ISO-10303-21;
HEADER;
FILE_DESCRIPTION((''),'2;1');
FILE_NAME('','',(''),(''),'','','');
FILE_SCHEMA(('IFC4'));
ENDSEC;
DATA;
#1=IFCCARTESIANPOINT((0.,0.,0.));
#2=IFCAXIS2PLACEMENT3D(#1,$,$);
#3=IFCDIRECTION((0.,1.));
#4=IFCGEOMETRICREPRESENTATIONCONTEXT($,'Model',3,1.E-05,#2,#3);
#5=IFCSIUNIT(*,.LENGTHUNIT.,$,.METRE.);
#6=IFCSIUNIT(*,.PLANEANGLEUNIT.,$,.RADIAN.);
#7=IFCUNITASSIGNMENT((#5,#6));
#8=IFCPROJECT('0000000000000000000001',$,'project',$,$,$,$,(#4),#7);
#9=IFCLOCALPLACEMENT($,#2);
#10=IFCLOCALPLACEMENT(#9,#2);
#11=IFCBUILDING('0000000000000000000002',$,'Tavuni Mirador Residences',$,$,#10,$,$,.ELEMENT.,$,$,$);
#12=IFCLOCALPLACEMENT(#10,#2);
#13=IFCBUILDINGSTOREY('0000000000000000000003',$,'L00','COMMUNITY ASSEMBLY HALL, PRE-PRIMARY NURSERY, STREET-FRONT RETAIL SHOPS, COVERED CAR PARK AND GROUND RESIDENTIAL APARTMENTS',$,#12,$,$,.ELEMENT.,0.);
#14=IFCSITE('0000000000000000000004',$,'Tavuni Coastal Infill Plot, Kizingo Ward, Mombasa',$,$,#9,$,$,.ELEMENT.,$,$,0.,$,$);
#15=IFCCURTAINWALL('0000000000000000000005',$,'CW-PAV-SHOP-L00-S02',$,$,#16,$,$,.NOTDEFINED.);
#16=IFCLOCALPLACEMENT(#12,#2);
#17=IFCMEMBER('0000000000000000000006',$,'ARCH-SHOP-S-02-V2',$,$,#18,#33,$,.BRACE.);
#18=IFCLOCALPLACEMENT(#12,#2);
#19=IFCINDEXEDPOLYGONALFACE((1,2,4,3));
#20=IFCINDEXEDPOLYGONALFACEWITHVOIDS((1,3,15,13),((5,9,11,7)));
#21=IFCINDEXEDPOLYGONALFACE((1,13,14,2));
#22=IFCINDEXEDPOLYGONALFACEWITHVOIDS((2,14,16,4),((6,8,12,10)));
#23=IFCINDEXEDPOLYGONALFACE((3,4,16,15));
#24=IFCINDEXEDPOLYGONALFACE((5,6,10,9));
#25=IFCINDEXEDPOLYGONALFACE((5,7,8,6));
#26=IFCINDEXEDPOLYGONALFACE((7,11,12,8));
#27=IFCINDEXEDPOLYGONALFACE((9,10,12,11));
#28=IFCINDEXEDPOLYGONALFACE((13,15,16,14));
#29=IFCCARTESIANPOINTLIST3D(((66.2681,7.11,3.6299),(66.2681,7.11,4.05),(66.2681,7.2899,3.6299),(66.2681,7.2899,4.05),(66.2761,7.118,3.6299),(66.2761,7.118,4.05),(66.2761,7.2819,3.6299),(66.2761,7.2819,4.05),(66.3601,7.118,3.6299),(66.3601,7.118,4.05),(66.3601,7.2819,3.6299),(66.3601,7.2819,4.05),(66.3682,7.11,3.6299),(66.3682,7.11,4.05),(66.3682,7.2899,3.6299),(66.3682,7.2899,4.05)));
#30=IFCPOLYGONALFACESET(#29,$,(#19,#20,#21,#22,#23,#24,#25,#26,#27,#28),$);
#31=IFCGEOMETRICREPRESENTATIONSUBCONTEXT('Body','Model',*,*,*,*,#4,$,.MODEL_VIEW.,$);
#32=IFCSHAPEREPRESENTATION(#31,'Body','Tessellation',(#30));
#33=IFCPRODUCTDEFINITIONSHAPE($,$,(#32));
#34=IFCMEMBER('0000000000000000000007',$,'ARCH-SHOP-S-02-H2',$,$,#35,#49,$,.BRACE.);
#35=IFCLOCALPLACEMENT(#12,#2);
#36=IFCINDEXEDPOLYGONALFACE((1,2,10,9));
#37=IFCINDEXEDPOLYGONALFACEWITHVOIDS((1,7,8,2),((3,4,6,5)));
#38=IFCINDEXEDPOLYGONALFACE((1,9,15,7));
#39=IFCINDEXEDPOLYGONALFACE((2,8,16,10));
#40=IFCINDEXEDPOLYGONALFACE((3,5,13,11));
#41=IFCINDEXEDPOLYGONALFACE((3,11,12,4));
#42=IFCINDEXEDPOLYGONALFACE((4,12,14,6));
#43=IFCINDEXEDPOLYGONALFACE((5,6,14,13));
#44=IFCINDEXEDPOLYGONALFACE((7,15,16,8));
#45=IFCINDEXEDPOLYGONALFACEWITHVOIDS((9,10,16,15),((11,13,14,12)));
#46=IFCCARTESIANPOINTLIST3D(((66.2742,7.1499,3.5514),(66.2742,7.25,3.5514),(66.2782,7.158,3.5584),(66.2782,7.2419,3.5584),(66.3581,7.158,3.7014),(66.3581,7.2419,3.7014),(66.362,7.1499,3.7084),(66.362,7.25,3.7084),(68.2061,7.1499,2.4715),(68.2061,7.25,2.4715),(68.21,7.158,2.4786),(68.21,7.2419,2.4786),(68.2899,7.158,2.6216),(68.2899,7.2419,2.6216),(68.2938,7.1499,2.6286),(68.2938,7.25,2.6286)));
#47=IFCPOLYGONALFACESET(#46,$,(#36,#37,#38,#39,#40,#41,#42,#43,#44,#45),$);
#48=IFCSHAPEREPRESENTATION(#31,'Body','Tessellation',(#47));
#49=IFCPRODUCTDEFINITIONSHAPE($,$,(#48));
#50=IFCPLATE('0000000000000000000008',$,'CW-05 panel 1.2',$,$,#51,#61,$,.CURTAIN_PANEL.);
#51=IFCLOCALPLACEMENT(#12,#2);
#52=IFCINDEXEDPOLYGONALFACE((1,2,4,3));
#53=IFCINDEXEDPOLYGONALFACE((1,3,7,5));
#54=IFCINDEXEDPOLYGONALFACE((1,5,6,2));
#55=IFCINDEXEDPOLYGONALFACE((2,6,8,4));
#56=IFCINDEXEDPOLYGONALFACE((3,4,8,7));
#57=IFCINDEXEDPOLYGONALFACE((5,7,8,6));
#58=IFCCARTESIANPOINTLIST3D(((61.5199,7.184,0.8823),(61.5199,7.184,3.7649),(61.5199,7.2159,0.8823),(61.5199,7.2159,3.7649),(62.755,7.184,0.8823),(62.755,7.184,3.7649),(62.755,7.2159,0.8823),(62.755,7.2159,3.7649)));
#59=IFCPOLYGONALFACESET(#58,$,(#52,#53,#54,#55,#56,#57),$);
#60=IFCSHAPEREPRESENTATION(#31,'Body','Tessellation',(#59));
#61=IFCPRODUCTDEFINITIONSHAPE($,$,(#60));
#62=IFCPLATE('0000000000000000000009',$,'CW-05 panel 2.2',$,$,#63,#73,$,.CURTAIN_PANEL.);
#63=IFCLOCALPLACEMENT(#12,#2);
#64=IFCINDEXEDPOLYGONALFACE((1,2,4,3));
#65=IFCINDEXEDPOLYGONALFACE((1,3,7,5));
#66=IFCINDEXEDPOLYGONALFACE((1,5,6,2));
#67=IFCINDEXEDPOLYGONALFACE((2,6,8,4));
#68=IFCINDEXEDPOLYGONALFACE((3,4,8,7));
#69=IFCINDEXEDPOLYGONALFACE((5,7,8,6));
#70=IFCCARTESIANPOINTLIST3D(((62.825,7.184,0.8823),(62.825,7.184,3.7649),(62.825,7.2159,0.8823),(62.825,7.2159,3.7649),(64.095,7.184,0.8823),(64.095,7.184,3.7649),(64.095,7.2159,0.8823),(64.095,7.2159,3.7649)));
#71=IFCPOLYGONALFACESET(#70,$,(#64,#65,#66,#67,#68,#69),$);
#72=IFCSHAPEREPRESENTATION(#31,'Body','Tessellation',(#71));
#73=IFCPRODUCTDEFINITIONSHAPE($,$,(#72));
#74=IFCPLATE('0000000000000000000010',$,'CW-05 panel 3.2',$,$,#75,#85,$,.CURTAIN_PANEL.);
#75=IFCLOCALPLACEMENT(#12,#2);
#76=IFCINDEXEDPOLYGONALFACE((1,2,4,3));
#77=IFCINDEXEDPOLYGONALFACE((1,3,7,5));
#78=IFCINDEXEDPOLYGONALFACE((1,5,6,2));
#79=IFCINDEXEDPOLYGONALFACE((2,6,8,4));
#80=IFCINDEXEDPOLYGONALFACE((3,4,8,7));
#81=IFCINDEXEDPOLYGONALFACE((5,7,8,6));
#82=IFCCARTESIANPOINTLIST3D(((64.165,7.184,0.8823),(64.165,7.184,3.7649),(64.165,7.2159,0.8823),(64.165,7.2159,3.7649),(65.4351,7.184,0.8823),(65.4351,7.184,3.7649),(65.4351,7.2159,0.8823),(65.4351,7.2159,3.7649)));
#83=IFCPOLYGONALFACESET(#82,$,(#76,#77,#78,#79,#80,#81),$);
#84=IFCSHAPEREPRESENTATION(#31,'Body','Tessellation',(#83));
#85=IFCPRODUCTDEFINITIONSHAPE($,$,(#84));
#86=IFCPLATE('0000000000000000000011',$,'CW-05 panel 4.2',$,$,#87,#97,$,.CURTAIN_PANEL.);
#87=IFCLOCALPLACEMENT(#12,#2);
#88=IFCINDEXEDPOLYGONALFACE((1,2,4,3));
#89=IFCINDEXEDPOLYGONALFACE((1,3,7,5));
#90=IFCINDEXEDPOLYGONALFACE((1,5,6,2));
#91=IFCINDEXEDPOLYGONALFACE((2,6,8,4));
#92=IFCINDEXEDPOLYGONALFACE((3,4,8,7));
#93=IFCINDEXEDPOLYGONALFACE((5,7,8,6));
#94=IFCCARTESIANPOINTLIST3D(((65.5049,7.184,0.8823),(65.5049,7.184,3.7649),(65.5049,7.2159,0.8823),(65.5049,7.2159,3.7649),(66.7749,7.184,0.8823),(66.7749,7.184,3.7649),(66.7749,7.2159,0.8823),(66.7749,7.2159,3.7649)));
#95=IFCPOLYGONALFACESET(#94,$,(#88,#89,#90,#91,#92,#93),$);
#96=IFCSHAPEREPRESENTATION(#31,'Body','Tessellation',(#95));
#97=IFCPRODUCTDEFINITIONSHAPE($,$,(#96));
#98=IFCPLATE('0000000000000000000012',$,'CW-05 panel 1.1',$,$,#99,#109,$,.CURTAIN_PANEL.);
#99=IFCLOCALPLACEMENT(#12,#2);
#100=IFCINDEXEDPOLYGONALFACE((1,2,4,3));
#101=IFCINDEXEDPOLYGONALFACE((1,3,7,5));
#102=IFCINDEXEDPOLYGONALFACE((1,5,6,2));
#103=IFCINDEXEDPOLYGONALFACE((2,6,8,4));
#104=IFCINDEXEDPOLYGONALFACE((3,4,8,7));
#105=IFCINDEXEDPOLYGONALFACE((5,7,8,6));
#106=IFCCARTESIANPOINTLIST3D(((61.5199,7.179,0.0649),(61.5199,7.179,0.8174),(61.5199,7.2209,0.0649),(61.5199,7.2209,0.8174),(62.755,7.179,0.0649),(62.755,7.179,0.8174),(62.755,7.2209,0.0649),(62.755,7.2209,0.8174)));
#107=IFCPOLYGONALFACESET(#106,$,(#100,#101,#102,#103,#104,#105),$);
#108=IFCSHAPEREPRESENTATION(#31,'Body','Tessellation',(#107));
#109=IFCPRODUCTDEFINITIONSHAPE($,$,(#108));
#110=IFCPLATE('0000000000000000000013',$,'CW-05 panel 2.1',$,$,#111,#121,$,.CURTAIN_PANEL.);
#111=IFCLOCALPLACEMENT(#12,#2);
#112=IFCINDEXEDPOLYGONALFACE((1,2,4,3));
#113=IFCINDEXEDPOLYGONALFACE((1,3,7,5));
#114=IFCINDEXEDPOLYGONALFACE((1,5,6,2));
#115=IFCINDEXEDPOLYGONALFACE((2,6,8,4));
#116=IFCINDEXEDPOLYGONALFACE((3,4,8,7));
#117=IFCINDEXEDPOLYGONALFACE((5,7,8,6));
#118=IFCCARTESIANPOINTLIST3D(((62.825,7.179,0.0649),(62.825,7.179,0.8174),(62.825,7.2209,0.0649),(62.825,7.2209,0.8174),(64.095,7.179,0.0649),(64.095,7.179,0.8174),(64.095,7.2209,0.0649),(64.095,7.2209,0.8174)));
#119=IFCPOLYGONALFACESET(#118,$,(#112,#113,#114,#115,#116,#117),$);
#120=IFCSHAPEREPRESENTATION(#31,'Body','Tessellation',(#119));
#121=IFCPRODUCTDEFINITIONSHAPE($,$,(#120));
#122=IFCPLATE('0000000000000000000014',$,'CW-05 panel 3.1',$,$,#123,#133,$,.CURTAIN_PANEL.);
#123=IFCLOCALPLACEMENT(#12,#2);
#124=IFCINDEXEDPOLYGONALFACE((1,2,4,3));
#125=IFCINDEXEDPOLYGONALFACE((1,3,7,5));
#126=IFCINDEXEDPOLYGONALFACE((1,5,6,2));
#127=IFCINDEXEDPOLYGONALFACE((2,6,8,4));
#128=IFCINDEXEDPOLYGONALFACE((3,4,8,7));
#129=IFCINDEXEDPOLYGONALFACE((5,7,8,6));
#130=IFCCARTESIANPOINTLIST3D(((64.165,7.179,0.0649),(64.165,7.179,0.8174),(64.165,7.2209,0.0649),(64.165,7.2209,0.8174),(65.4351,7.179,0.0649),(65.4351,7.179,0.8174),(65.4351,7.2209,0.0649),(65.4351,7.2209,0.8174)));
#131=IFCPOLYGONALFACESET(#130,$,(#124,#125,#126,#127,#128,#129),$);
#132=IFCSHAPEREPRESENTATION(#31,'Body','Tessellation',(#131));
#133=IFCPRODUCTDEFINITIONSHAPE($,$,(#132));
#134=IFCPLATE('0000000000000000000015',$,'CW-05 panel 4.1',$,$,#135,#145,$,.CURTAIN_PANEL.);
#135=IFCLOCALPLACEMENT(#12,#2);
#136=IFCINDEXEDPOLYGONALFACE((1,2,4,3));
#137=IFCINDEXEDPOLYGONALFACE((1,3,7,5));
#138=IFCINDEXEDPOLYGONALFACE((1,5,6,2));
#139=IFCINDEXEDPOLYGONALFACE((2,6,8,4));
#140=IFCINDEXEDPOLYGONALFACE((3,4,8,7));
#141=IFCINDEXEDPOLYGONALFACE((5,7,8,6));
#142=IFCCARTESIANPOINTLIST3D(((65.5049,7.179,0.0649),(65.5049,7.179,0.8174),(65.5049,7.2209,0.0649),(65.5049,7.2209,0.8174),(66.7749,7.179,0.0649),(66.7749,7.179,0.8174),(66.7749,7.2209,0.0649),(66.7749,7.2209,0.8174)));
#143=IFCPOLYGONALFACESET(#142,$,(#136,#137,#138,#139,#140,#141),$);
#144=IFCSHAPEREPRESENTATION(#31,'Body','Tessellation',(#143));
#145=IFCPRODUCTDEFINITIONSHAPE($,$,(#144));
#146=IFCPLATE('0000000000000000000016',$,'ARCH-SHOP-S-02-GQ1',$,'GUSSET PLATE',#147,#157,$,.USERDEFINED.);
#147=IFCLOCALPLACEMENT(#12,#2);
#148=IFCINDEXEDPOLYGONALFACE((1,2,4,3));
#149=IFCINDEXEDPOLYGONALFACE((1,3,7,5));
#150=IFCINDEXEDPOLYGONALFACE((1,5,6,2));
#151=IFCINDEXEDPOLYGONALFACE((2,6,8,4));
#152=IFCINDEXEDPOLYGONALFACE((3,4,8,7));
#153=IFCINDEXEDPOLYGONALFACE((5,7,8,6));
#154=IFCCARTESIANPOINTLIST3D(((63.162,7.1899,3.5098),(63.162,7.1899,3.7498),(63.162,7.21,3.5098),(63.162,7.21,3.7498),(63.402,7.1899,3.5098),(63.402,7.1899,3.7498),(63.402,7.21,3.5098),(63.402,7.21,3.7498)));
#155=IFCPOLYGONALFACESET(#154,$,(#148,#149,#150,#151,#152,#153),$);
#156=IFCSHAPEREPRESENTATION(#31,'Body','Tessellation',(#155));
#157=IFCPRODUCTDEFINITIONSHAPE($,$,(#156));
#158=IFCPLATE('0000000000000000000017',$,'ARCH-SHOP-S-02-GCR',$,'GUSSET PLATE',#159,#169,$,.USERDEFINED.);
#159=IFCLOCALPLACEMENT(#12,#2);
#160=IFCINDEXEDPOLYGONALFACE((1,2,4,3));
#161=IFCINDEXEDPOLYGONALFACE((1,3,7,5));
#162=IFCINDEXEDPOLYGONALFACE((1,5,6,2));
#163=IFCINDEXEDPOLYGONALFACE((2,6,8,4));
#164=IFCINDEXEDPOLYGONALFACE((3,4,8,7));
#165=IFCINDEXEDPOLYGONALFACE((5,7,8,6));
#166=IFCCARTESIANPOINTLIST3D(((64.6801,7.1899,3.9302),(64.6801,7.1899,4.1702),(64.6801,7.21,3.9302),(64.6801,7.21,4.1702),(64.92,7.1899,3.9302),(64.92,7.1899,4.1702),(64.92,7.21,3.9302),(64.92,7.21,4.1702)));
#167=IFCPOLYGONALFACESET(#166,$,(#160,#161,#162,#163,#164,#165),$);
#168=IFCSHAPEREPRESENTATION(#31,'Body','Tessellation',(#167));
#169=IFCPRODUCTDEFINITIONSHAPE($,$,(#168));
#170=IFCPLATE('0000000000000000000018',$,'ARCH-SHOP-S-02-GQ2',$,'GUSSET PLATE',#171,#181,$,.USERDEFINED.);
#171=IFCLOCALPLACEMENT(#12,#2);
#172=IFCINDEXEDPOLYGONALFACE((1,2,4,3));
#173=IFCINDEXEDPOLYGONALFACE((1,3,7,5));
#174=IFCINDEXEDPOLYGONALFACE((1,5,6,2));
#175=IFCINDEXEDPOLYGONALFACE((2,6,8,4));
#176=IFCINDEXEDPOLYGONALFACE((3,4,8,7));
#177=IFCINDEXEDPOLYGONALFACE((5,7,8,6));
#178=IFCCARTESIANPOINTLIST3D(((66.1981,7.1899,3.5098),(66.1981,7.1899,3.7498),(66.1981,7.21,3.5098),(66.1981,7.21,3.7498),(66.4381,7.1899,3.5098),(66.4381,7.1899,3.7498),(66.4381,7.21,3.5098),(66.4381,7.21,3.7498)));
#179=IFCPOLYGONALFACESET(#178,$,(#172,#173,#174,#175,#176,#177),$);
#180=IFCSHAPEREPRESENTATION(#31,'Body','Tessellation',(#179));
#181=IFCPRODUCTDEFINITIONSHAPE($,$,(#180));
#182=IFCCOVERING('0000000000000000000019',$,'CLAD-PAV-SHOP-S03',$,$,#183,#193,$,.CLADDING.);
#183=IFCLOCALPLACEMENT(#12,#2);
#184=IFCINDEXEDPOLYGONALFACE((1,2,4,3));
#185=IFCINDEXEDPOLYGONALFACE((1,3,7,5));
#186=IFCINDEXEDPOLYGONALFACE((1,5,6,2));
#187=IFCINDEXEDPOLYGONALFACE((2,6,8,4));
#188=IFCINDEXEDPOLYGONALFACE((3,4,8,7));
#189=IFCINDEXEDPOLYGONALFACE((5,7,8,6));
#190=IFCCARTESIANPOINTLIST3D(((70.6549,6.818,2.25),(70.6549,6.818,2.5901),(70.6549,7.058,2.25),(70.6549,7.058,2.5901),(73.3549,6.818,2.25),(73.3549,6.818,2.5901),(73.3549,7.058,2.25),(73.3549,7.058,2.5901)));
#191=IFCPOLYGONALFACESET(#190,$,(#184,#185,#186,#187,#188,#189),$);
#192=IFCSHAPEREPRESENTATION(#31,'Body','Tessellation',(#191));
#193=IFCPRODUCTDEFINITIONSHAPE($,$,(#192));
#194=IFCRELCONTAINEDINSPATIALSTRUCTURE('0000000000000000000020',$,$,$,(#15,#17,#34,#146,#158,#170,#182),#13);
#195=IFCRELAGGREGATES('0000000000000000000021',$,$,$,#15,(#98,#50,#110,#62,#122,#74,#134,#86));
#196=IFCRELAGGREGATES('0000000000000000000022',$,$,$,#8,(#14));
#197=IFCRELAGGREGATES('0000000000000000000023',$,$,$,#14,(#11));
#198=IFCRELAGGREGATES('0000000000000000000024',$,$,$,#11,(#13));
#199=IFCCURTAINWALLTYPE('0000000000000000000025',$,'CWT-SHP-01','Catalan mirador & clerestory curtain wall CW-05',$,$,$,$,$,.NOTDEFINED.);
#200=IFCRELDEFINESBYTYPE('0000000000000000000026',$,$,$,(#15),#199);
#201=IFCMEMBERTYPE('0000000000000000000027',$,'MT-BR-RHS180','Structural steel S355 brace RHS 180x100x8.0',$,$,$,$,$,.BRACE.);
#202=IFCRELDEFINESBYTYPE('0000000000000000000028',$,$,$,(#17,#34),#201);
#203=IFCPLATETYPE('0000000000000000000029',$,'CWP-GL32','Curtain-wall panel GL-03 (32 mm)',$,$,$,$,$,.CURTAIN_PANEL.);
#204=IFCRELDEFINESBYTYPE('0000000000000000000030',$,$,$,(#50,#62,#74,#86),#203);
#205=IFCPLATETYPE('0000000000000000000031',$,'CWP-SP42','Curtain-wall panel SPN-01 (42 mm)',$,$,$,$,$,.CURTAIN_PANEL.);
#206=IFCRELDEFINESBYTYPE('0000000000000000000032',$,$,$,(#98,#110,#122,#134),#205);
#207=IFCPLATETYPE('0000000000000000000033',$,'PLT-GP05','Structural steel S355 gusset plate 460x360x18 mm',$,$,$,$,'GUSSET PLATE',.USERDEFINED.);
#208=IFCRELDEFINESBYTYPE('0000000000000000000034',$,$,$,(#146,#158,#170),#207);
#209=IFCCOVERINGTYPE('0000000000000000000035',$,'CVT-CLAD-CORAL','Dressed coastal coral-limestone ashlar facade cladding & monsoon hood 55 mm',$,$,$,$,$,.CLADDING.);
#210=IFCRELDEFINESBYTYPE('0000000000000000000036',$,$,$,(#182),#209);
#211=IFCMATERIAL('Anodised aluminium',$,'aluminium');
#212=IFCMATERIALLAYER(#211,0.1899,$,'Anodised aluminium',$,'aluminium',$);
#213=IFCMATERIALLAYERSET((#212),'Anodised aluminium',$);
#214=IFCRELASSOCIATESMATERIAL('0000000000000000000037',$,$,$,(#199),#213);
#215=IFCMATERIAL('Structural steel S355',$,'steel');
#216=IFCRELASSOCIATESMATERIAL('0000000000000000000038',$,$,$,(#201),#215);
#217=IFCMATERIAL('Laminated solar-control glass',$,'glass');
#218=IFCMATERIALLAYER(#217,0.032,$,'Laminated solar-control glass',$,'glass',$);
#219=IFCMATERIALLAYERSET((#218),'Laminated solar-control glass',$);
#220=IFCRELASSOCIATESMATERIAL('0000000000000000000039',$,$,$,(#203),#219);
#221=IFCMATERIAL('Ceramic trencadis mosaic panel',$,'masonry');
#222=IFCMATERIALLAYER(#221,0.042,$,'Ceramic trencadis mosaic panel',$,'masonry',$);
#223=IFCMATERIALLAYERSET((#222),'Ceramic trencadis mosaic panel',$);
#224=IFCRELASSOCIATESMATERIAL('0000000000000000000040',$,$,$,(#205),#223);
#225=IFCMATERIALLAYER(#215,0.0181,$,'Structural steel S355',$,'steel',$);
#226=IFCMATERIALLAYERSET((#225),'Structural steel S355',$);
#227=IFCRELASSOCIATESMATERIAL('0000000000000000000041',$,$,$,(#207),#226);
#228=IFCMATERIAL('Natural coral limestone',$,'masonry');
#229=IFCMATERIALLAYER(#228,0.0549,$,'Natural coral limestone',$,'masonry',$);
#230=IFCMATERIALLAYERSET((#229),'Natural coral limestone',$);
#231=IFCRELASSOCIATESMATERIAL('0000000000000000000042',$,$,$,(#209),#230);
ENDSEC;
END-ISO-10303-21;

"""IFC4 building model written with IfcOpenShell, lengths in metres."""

from ifc_helpers import new_model, si_unit, direction, frame, origin, origin_2d, place, context, subcontext, project, spatial, rectangle, hollow_rectangle, extrude, material, layer, layer_set, material_profile, profile_set, type_object, element, aggregate, save


model = new_model("IFC4")

# Units and contexts
model_context = context("Model", 3, precision=1e-05, world=origin(), true_north=direction((0.0, 1.0)))
body_context = subcontext(model_context, "Body", "Model", "MODEL_VIEW")
ifc_project = project(units=[si_unit("LENGTHUNIT", "METRE"), si_unit("PLANEANGLEUNIT", "RADIAN")], contexts=[model_context])

# Site, building, storey
site_placement = place(None, origin())
site = spatial("IfcSite", under=ifc_project, at=site_placement, Name="Tavuni Coastal Infill Plot, Kizingo Ward, Mombasa", CompositionType="ELEMENT", RefElevation=0.0)
building_placement = place(site_placement, origin())
building = spatial("IfcBuilding", under=site, at=building_placement, Name="Tavuni Mirador Residences", CompositionType="ELEMENT")
storey_placement = place(building_placement, origin())
storey = spatial("IfcBuildingStorey", under=building, at=storey_placement, Name="L00", Description="COMMUNITY ASSEMBLY HALL, PRE-PRIMARY NURSERY, STREET-FRONT RETAIL SHOPS, COVERED CAR PARK AND GROUND RESIDENTIAL APARTMENTS", CompositionType="ELEMENT", Elevation=0.0)

# Curtain wall
ifc_material_1 = material(Name="Anodised aluminium", Category="aluminium")
ifc_layer_1 = layer(ifc_material_1, 0.1899, Name="Anodised aluminium", Category="aluminium")
ifc_layer_set_1 = layer_set([ifc_layer_1], Name="Anodised aluminium")
curtain_wall_type = type_object("IfcCurtainWallType", Name="CWT-SHP-01", Description="Catalan mirador & clerestory curtain wall CW-05", PredefinedType="NOTDEFINED", material=ifc_layer_set_1)
curtain_wall_placement = place(storey_placement, origin())
curtain_wall = element("IfcCurtainWall", 1, at=curtain_wall_placement, inside=storey, type_object=curtain_wall_type, Name="CW-PAV-SHOP-L00-S02", PredefinedType="NOTDEFINED")

# Members
ifc_material_2 = material(Name="Structural steel S355", Category="steel")
ifc_material_profile_1 = material_profile(ifc_material_2, hollow_rectangle(XDim=0.1001, YDim=0.1799, WallThickness=0.0081, at=origin_2d()), Name="RHS 180x100x8.0", Category="steel")
ifc_profile_set_1 = profile_set([ifc_material_profile_1], Name="Structural steel S355")
member_type_1 = type_object("IfcMemberType", Name="MT-BR-RHS180", Description="Structural steel S355 brace RHS 180x100x8.0", PredefinedType="BRACE", material=ifc_profile_set_1)
member_1_placement = place(storey_placement, frame((66.3181, 7.2, 3.6299), z_axis=(0.0, 0.0, 1.0), x_axis=(1.0, 0.0, 0.0)))
element("IfcMember", 2, at=member_1_placement, inside=storey, type_object=member_type_1, Name="ARCH-SHOP-S-02-V2", PredefinedType="BRACE", context=body_context, shape_type="SweptSolid", body=[
    extrude(hollow_rectangle(XDim=0.1001, YDim=0.1799, WallThickness=0.0081, at=origin_2d()), origin(), (0.0, 0.0, 1.0), 0.4202),
])
member_2_placement = place(storey_placement, frame((66.3181, 7.2, 3.6299), z_axis=(0.872895, 0.0, -0.487908), x_axis=(0.0, 1.0, 0.0)))
element("IfcMember", 3, at=member_2_placement, inside=storey, type_object=member_type_1, Name="ARCH-SHOP-S-02-H2", PredefinedType="BRACE", context=body_context, shape_type="SweptSolid", body=[
    extrude(hollow_rectangle(XDim=0.1001, YDim=0.1799, WallThickness=0.0081, at=origin_2d()), origin(), (0.0, 0.0, 1.0), 2.2131),
])

# Plates
ifc_material_3 = material(Name="Laminated solar-control glass", Category="glass")
ifc_layer_2 = layer(ifc_material_3, 0.032, Name="Laminated solar-control glass", Category="glass")
ifc_layer_set_2 = layer_set([ifc_layer_2], Name="Laminated solar-control glass")
plate_type_1 = type_object("IfcPlateType", Name="CWP-GL32", Description="Curtain-wall panel GL-03 (32 mm)", PredefinedType="CURTAIN_PANEL", material=ifc_layer_set_2)
plate_1_placement = place(storey_placement, frame((62.1375, 7.2, 0.8823), z_axis=(0.0, 0.0, 1.0), x_axis=(1.0, 0.0, 0.0)))
plate_1 = element("IfcPlate", 4, at=plate_1_placement, type_object=plate_type_1, Name="CW-05 panel 1.2", PredefinedType="CURTAIN_PANEL", context=body_context, shape_type="SweptSolid", body=[
    extrude(rectangle(XDim=1.2351, YDim=0.032, at=origin_2d()), origin(), (0.0, 0.0, 1.0), 2.8826),
])
plate_2_placement = place(storey_placement, frame((63.46, 7.2, 0.8823), z_axis=(0.0, 0.0, 1.0), x_axis=(1.0, 0.0, 0.0)))
plate_2 = element("IfcPlate", 5, at=plate_2_placement, type_object=plate_type_1, Name="CW-05 panel 2.2", PredefinedType="CURTAIN_PANEL", context=body_context, shape_type="SweptSolid", body=[
    extrude(rectangle(XDim=1.27, YDim=0.032, at=origin_2d()), origin(), (0.0, 0.0, 1.0), 2.8826),
])
plate_3_placement = place(storey_placement, frame((64.8, 7.2, 0.8823), z_axis=(0.0, 0.0, 1.0), x_axis=(1.0, 0.0, 0.0)))
plate_3 = element("IfcPlate", 6, at=plate_3_placement, type_object=plate_type_1, Name="CW-05 panel 3.2", PredefinedType="CURTAIN_PANEL", context=body_context, shape_type="SweptSolid", body=[
    extrude(rectangle(XDim=1.27, YDim=0.032, at=origin_2d()), origin(), (0.0, 0.0, 1.0), 2.8826),
])
plate_4_placement = place(storey_placement, frame((66.1399, 7.2, 0.8823), z_axis=(0.0, 0.0, 1.0), x_axis=(1.0, 0.0, 0.0)))
plate_4 = element("IfcPlate", 7, at=plate_4_placement, type_object=plate_type_1, Name="CW-05 panel 4.2", PredefinedType="CURTAIN_PANEL", context=body_context, shape_type="SweptSolid", body=[
    extrude(rectangle(XDim=1.27, YDim=0.032, at=origin_2d()), origin(), (0.0, 0.0, 1.0), 2.8826),
])
ifc_material_4 = material(Name="Ceramic trencadis mosaic panel", Category="masonry")
ifc_layer_3 = layer(ifc_material_4, 0.042, Name="Ceramic trencadis mosaic panel", Category="masonry")
ifc_layer_set_3 = layer_set([ifc_layer_3], Name="Ceramic trencadis mosaic panel")
plate_type_2 = type_object("IfcPlateType", Name="CWP-SP42", Description="Curtain-wall panel SPN-01 (42 mm)", PredefinedType="CURTAIN_PANEL", material=ifc_layer_set_3)
plate_5_placement = place(storey_placement, frame((62.1375, 7.2, 0.0649), z_axis=(0.0, 0.0, 1.0), x_axis=(1.0, 0.0, 0.0)))
plate_5 = element("IfcPlate", 8, at=plate_5_placement, type_object=plate_type_2, Name="CW-05 panel 1.1", PredefinedType="CURTAIN_PANEL", context=body_context, shape_type="SweptSolid", body=[
    extrude(rectangle(XDim=1.2351, YDim=0.042, at=origin_2d()), origin(), (0.0, 0.0, 1.0), 0.7524),
])
plate_6_placement = place(storey_placement, frame((63.46, 7.2, 0.0649), z_axis=(0.0, 0.0, 1.0), x_axis=(1.0, 0.0, 0.0)))
plate_6 = element("IfcPlate", 9, at=plate_6_placement, type_object=plate_type_2, Name="CW-05 panel 2.1", PredefinedType="CURTAIN_PANEL", context=body_context, shape_type="SweptSolid", body=[
    extrude(rectangle(XDim=1.27, YDim=0.042, at=origin_2d()), origin(), (0.0, 0.0, 1.0), 0.7524),
])
plate_7_placement = place(storey_placement, frame((64.8, 7.2, 0.0649), z_axis=(0.0, 0.0, 1.0), x_axis=(1.0, 0.0, 0.0)))
plate_7 = element("IfcPlate", 10, at=plate_7_placement, type_object=plate_type_2, Name="CW-05 panel 3.1", PredefinedType="CURTAIN_PANEL", context=body_context, shape_type="SweptSolid", body=[
    extrude(rectangle(XDim=1.27, YDim=0.042, at=origin_2d()), origin(), (0.0, 0.0, 1.0), 0.7524),
])
plate_8_placement = place(storey_placement, frame((66.1399, 7.2, 0.0649), z_axis=(0.0, 0.0, 1.0), x_axis=(1.0, 0.0, 0.0)))
plate_8 = element("IfcPlate", 11, at=plate_8_placement, type_object=plate_type_2, Name="CW-05 panel 4.1", PredefinedType="CURTAIN_PANEL", context=body_context, shape_type="SweptSolid", body=[
    extrude(rectangle(XDim=1.27, YDim=0.042, at=origin_2d()), origin(), (0.0, 0.0, 1.0), 0.7524),
])
aggregate(curtain_wall, [plate_5, plate_1, plate_6, plate_2, plate_7, plate_3, plate_8, plate_4])

# Plates
ifc_layer_4 = layer(ifc_material_2, 0.0181, Name="Structural steel S355", Category="steel")
ifc_layer_set_4 = layer_set([ifc_layer_4], Name="Structural steel S355")
plate_type_3 = type_object("IfcPlateType", Name="PLT-GP05", Description="Structural steel S355 gusset plate 460x360x18 mm", ElementType="GUSSET PLATE", PredefinedType="USERDEFINED", material=ifc_layer_set_4)
for number, where, z_axis, x_axis, name in (
    (12, (63.282, 7.2, 3.5098), (0.0, 0.0, 1.0), (1.0, 0.0, 0.0), "ARCH-SHOP-S-02-GQ1"),
    (13, (64.8, 7.2, 3.9302), (0.0, 0.0, 1.0), (1.0, 0.0, 0.0), "ARCH-SHOP-S-02-GCR"),
    (14, (66.3181, 7.2, 3.5098), (0.0, 0.0, 1.0), (1.0, 0.0, 0.0), "ARCH-SHOP-S-02-GQ2"),
):
    element("IfcPlate", number, at=place(storey_placement, frame(where, z_axis=z_axis, x_axis=x_axis)), inside=storey, type_object=plate_type_3, Name=name, ObjectType="GUSSET PLATE", PredefinedType="USERDEFINED", context=body_context, shape_type="SweptSolid", body=[
        extrude(rectangle(XDim=0.24, YDim=0.02, at=origin_2d()), origin(), (0.0, 0.0, 1.0), 0.24),
    ])

# Covering
ifc_material_5 = material(Name="Natural coral limestone", Category="masonry")
ifc_layer_5 = layer(ifc_material_5, 0.0549, Name="Natural coral limestone", Category="masonry")
ifc_layer_set_5 = layer_set([ifc_layer_5], Name="Natural coral limestone")
covering_type = type_object("IfcCoveringType", Name="CVT-CLAD-CORAL", Description="Dressed coastal coral-limestone ashlar facade cladding & monsoon hood 55 mm", PredefinedType="CLADDING", material=ifc_layer_set_5)
covering_placement = place(storey_placement, frame((72.0049, 6.938, 2.25), z_axis=(0.0, 0.0, 1.0), x_axis=(1.0, 0.0, 0.0)))
element("IfcCovering", 15, at=covering_placement, inside=storey, type_object=covering_type, Name="CLAD-PAV-SHOP-S03", PredefinedType="CLADDING", context=body_context, shape_type="SweptSolid", body=[
    extrude(rectangle(XDim=2.7, YDim=0.24, at=origin_2d()), origin(), (0.0, 0.0, 1.0), 0.3401),
])

save(model, "model.ifc")
